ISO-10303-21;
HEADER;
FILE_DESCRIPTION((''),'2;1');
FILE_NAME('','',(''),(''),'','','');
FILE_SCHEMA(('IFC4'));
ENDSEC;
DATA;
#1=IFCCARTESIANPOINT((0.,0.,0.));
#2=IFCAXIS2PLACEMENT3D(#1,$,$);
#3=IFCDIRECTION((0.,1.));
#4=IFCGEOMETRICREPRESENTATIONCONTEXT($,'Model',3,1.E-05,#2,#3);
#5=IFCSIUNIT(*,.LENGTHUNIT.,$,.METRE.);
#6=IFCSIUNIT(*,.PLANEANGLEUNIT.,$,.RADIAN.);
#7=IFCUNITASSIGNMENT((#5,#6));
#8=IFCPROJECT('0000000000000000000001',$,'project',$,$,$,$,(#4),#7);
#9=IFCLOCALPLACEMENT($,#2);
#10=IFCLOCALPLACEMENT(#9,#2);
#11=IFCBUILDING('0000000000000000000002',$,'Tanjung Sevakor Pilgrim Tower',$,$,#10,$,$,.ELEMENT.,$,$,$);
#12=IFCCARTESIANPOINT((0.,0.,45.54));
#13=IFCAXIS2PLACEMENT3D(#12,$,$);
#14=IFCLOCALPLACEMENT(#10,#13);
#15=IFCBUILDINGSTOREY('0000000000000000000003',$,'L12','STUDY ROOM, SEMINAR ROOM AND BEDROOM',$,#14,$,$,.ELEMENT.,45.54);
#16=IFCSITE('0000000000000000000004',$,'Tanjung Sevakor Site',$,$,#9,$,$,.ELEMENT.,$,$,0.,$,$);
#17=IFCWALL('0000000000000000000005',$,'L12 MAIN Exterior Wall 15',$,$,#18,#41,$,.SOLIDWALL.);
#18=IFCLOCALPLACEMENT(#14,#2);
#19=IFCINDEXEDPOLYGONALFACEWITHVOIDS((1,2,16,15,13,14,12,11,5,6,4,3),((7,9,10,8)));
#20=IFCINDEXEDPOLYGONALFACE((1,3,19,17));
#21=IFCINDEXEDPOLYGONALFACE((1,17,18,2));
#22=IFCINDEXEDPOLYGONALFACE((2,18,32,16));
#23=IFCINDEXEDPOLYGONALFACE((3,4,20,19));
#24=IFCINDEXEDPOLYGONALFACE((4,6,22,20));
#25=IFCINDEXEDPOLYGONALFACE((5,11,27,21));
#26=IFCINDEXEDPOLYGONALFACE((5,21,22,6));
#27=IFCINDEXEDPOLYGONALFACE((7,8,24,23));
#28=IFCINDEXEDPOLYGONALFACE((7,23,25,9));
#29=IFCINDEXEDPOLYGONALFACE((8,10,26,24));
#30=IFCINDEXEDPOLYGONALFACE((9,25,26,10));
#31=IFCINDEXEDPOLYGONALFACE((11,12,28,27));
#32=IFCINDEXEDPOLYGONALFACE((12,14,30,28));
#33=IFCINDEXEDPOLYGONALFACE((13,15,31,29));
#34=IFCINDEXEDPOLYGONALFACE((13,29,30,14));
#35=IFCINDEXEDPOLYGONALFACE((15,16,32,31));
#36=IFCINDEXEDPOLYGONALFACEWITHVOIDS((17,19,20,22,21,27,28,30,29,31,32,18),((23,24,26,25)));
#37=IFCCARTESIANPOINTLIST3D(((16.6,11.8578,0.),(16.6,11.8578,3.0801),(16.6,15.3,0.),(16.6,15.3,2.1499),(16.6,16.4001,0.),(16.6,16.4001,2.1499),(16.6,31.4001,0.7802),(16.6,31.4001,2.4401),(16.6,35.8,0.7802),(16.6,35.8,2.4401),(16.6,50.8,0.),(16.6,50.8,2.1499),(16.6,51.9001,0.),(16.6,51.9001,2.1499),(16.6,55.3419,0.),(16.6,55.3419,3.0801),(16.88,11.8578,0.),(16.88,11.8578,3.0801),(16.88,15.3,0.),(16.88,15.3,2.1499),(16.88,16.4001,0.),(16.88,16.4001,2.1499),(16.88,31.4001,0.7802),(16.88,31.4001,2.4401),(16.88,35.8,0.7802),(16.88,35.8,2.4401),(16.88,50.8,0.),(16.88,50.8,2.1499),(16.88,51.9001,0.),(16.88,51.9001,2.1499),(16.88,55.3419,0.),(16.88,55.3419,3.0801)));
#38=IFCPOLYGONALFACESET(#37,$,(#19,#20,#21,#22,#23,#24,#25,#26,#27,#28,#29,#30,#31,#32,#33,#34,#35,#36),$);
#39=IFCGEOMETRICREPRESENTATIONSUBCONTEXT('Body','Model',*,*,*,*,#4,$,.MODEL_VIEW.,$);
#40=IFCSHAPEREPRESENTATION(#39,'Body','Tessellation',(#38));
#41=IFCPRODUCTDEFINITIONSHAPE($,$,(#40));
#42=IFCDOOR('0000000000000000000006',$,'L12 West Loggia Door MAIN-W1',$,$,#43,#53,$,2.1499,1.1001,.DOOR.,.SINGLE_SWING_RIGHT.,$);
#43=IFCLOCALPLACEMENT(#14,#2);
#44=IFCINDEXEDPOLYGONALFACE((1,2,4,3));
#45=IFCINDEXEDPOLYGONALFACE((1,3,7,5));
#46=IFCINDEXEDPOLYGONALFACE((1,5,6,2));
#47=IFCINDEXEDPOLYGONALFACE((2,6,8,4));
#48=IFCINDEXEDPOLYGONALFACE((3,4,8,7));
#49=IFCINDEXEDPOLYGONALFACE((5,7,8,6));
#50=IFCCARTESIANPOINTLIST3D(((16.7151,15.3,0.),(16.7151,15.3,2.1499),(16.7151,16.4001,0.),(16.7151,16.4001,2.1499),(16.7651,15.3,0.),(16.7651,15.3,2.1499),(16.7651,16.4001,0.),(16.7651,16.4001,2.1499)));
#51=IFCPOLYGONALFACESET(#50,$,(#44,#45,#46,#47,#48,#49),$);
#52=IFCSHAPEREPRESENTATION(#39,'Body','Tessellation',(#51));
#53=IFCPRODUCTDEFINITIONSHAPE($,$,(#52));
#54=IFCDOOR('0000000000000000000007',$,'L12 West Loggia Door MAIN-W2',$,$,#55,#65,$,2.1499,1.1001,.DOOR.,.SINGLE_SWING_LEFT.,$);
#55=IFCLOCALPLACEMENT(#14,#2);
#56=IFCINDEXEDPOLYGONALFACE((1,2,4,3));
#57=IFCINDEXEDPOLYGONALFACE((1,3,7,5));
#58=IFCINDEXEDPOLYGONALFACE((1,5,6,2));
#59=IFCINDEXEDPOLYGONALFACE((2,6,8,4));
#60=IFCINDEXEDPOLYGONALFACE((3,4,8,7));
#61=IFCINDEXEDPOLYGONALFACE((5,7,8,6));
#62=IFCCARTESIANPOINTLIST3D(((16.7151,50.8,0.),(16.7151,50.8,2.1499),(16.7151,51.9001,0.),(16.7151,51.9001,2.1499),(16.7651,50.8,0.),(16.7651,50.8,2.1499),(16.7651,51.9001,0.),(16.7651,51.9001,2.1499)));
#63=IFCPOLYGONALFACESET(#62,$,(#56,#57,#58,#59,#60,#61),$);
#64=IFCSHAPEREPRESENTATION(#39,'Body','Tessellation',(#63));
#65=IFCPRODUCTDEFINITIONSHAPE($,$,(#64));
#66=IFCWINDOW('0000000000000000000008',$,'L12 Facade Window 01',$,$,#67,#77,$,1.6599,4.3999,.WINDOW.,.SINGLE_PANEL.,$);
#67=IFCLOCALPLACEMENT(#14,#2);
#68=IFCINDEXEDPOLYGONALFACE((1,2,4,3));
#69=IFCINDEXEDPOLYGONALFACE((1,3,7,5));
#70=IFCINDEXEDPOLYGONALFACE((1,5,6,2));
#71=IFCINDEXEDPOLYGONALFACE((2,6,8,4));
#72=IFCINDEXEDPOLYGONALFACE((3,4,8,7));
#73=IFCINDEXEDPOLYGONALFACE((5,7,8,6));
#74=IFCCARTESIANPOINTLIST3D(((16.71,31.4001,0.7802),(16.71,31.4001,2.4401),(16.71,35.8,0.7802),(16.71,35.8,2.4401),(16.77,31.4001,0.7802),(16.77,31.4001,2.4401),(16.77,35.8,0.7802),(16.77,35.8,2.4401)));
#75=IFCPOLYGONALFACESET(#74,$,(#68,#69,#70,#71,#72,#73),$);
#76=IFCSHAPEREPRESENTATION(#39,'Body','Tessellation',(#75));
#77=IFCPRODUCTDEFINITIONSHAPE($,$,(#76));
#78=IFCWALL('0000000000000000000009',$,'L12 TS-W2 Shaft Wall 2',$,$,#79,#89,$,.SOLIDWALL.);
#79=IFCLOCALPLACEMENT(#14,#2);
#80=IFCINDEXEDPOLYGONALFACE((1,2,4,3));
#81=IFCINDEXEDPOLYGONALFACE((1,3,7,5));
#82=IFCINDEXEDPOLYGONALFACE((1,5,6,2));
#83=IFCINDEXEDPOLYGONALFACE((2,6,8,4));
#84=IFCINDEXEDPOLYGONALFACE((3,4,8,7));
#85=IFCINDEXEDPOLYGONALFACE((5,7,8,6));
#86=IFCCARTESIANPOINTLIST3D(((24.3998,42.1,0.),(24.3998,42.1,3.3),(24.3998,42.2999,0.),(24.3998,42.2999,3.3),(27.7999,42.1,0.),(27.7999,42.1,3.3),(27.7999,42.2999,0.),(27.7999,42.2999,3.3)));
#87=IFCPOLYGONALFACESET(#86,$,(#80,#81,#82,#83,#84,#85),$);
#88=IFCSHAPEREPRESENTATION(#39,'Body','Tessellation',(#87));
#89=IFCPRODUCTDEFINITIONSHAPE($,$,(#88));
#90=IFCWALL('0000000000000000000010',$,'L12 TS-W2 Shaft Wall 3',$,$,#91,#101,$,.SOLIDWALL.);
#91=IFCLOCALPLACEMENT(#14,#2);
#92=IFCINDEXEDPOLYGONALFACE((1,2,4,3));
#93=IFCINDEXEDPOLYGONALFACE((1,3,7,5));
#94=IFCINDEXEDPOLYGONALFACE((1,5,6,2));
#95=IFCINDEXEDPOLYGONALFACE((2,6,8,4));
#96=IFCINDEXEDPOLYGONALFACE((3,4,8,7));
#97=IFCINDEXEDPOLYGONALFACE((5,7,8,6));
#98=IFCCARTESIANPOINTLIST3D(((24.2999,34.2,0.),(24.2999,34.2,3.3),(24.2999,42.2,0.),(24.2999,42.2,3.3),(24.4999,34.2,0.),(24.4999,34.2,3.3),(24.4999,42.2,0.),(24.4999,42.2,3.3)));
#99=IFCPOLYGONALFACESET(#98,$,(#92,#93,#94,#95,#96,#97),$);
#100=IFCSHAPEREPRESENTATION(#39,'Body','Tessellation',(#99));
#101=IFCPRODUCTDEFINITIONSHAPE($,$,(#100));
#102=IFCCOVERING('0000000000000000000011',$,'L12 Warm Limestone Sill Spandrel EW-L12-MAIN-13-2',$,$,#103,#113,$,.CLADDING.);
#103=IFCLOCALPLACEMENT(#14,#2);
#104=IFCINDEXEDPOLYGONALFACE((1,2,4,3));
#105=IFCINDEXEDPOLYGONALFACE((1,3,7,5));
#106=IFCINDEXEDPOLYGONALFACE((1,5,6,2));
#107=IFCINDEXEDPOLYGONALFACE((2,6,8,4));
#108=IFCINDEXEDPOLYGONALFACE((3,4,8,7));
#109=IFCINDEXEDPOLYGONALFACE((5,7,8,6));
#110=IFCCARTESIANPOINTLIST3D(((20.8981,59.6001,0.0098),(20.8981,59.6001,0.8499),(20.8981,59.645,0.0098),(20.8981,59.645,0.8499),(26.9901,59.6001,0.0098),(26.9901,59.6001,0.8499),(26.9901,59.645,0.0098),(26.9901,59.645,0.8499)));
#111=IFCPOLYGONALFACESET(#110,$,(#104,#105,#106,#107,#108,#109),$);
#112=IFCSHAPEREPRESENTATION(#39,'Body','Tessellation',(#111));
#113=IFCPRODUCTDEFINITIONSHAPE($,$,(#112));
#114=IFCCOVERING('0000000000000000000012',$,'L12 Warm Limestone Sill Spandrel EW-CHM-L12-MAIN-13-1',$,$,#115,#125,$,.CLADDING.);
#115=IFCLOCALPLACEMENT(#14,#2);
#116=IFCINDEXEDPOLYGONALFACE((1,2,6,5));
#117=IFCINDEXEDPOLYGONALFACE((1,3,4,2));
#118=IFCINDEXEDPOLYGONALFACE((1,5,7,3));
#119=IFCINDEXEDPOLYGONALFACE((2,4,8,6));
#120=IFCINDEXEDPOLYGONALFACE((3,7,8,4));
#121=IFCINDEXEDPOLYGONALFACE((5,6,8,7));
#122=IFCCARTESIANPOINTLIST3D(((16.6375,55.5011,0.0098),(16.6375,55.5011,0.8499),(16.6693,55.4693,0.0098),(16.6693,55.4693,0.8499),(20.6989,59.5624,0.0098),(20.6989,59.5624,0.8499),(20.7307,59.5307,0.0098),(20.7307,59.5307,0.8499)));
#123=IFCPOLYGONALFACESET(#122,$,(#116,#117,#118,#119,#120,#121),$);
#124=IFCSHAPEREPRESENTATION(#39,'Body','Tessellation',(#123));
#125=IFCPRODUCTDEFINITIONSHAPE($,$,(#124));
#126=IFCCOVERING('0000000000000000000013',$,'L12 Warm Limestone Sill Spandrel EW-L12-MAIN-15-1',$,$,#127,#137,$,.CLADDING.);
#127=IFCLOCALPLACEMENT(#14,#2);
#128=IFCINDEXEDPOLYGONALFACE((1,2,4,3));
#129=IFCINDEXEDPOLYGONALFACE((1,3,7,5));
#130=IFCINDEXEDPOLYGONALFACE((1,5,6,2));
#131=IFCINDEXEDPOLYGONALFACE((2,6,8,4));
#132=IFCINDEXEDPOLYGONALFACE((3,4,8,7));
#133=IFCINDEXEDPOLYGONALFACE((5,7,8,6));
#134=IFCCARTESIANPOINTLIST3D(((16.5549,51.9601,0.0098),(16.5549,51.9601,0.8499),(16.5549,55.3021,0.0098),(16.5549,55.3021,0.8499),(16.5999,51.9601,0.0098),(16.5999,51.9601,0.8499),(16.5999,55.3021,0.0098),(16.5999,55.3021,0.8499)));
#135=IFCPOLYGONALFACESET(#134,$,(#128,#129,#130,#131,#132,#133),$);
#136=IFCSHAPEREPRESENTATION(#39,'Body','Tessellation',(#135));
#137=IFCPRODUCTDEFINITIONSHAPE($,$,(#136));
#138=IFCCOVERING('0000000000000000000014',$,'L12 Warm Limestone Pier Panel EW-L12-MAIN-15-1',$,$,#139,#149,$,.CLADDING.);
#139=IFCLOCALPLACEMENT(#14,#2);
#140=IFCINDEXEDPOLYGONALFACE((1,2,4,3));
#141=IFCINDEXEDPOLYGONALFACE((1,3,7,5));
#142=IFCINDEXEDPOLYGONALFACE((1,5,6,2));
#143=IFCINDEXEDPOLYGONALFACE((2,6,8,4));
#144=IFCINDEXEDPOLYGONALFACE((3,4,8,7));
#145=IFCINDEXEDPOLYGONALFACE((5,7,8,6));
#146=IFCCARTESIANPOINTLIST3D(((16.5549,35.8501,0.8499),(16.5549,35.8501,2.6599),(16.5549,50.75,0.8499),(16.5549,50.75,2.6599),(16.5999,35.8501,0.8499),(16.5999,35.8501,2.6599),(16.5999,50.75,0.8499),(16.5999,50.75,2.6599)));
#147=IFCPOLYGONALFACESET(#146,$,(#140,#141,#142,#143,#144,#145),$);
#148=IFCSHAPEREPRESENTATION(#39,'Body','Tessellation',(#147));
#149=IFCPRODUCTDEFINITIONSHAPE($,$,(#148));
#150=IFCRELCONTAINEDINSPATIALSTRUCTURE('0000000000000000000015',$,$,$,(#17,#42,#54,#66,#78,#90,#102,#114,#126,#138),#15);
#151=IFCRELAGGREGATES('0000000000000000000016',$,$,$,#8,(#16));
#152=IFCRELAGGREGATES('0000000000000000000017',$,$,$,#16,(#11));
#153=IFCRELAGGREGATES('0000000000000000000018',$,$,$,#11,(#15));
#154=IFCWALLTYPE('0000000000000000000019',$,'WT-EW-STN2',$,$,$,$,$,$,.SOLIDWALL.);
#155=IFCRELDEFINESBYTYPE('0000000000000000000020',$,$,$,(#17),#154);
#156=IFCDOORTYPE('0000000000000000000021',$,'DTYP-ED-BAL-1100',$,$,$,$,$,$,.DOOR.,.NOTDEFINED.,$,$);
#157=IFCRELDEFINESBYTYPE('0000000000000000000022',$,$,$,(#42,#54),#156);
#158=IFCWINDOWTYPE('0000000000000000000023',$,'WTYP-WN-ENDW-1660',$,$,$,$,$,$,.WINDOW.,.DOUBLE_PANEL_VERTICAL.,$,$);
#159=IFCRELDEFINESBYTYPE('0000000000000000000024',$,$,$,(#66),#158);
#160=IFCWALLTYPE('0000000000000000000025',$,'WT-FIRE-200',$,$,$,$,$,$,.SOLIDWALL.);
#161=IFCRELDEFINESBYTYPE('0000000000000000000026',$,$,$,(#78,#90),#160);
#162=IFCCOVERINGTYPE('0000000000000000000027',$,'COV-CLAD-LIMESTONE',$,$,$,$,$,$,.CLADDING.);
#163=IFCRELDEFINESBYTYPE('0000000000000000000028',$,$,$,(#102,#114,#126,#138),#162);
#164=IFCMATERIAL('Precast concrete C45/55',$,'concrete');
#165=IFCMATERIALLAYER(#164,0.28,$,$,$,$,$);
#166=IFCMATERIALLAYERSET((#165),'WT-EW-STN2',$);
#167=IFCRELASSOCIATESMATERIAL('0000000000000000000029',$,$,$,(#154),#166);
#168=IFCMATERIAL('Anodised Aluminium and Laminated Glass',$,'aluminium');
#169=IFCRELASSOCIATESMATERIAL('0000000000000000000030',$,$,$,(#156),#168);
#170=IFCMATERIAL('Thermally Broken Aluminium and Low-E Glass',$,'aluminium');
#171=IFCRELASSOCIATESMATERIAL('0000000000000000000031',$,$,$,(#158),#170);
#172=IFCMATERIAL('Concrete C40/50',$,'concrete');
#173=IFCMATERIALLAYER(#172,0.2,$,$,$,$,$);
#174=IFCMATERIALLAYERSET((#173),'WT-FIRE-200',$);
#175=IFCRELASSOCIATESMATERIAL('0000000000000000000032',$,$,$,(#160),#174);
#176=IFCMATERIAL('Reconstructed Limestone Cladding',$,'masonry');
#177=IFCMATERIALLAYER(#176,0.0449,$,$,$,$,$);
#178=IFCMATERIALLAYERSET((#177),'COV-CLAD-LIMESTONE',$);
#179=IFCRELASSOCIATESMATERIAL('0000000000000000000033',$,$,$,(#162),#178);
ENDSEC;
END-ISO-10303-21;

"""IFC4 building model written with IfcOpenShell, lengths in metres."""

from ifc_helpers import new_model, si_unit, direction, frame, frame_2d, origin, origin_2d, place, context, subcontext, project, spatial, rectangle, extrude, material, layer, layer_set, type_object, element, fill, save


model = new_model("IFC4")

# Units and contexts
model_context = context("Model", 3, precision=1e-05, world=origin(), true_north=direction((0.0, 1.0)))
body_context = subcontext(model_context, "Body", "Model", "MODEL_VIEW")
ifc_project = project(units=[si_unit("LENGTHUNIT", "METRE"), si_unit("PLANEANGLEUNIT", "RADIAN")], contexts=[model_context])

# Site, building, storey
site_placement = place(None, origin())
site = spatial("IfcSite", under=ifc_project, at=site_placement, Name="Tanjung Sevakor Site", CompositionType="ELEMENT", RefElevation=0.0)
building_placement = place(site_placement, origin())
building = spatial("IfcBuilding", under=site, at=building_placement, Name="Tanjung Sevakor Pilgrim Tower", CompositionType="ELEMENT")
storey_placement = place(building_placement, frame((0.0, 0.0, 45.54)))
storey = spatial("IfcBuildingStorey", under=building, at=storey_placement, Name="L12", Description="STUDY ROOM, SEMINAR ROOM AND BEDROOM", CompositionType="ELEMENT", Elevation=45.54)

# Shared definitions
ifc_material_1 = material(Name="Precast concrete C45/55", Category="concrete")
ifc_layer_1 = layer(ifc_material_1, 0.28)
ifc_layer_set_1 = layer_set([ifc_layer_1], Name="WT-EW-STN2")
wall_type_1 = type_object("IfcWallType", Name="WT-EW-STN2", PredefinedType="SOLIDWALL", material=ifc_layer_set_1)

# Wall, openings, doors, window
wall_1_placement = place(storey_placement, frame((16.74, 55.342, 0.0), z_axis=(0.0, 0.0, 1.0), x_axis=(0.0, -1.0, 0.0)))
wall_1 = element("IfcWall", 1, at=wall_1_placement, inside=storey, type_object=wall_type_1, Name="L12 MAIN Exterior Wall 15", PredefinedType="SOLIDWALL", context=body_context, shape_type="SweptSolid", body=[
    extrude(rectangle(XDim=43.4841, YDim=0.28, at=frame_2d((21.7422, 0.0))), origin(), (0.0, 0.0, 1.0), 3.0801),
])
opening_1_placement = place(wall_1_placement, frame((38.9419, 0.0, 0.0)))
opening_1 = element("IfcOpeningElement", 2, at=opening_1_placement, cuts=wall_1, PredefinedType="OPENING", context=body_context, shape_type="SweptSolid", body=[
    extrude(rectangle(XDim=1.1001, YDim=2.1499, at=frame_2d((0.55, 1.075))), frame((0.0, 0.1499, 0.0), z_axis=(0.0, -1.0, 0.0), x_axis=(1.0, 0.0, 0.0)), (0.0, 0.0, 1.0), 0.3),
])
opening_2_placement = place(wall_1_placement, frame((3.4419, 0.0, 0.0)))
opening_2 = element("IfcOpeningElement", 3, at=opening_2_placement, cuts=wall_1, PredefinedType="OPENING", context=body_context, shape_type="SweptSolid", body=[
    extrude(rectangle(XDim=1.1001, YDim=2.1499, at=frame_2d((0.55, 1.075))), frame((0.0, 0.1499, 0.0), z_axis=(0.0, -1.0, 0.0), x_axis=(1.0, 0.0, 0.0)), (0.0, 0.0, 1.0), 0.3),
])
opening_3_placement = place(wall_1_placement, frame((19.542, 0.0, 0.78)))
opening_3 = element("IfcOpeningElement", 4, at=opening_3_placement, cuts=wall_1, PredefinedType="OPENING", context=body_context, shape_type="SweptSolid", body=[
    extrude(rectangle(XDim=4.3999, YDim=1.6599, at=frame_2d((2.2, 0.8301))), frame((0.0, 0.1499, 0.0), z_axis=(0.0, -1.0, 0.0), x_axis=(1.0, 0.0, 0.0)), (0.0, 0.0, 1.0), 0.3),
])
ifc_material_2 = material(Name="Anodised Aluminium and Laminated Glass", Category="aluminium")
door_type_1 = type_object("IfcDoorType", Name="DTYP-ED-BAL-1100", OperationType="NOTDEFINED", PredefinedType="DOOR", material=ifc_material_2)
door_1_placement = place(opening_1_placement, frame((1.1001, 0.0, 0.0), z_axis=(0.0, 0.0, 1.0), x_axis=(-1.0, 0.0, 0.0)))
door_1 = element("IfcDoor", 5, at=door_1_placement, inside=storey, type_object=door_type_1, Name="L12 West Loggia Door MAIN-W1", OperationType="SINGLE_SWING_RIGHT", OverallHeight=2.1499, OverallWidth=1.1001, PredefinedType="DOOR", context=body_context, shape_type="SweptSolid", body=[
    extrude(rectangle(XDim=1.1001, YDim=2.1499, at=frame_2d((0.55, 1.075))), frame((0.0, 0.0249, 0.0), z_axis=(0.0, -1.0, 0.0), x_axis=(1.0, 0.0, 0.0)), (0.0, 0.0, 1.0), 0.05),
])
fill(opening_1, door_1)
door_2_placement = place(opening_2_placement, frame((1.1001, 0.0, 0.0), z_axis=(0.0, 0.0, 1.0), x_axis=(-1.0, 0.0, 0.0)))
door_2 = element("IfcDoor", 6, at=door_2_placement, inside=storey, type_object=door_type_1, Name="L12 West Loggia Door MAIN-W2", OperationType="SINGLE_SWING_LEFT", OverallHeight=2.1499, OverallWidth=1.1001, PredefinedType="DOOR", context=body_context, shape_type="SweptSolid", body=[
    extrude(rectangle(XDim=1.1001, YDim=2.1499, at=frame_2d((0.55, 1.075))), frame((0.0, 0.0249, 0.0), z_axis=(0.0, -1.0, 0.0), x_axis=(1.0, 0.0, 0.0)), (0.0, 0.0, 1.0), 0.05),
])
fill(opening_2, door_2)
ifc_material_3 = material(Name="Thermally Broken Aluminium and Low-E Glass", Category="aluminium")
window_type_1 = type_object("IfcWindowType", Name="WTYP-WN-ENDW-1660", PartitioningType="DOUBLE_PANEL_VERTICAL", PredefinedType="WINDOW", material=ifc_material_3)
window_1_placement = place(opening_3_placement, origin())
window_1 = element("IfcWindow", 7, at=window_1_placement, inside=storey, type_object=window_type_1, Name="L12 Facade Window 01", OverallHeight=1.6599, OverallWidth=4.3999, PartitioningType="SINGLE_PANEL", PredefinedType="WINDOW", context=body_context, shape_type="SweptSolid", body=[
    extrude(rectangle(XDim=4.3999, YDim=1.6599, at=frame_2d((2.2, 0.8301))), frame((0.0, 0.03, 0.0), z_axis=(0.0, -1.0, 0.0), x_axis=(1.0, 0.0, 0.0)), (0.0, 0.0, 1.0), 0.0601),
])
fill(opening_3, window_1)

# Walls
ifc_material_4 = material(Name="Concrete C40/50", Category="concrete")
ifc_layer_2 = layer(ifc_material_4, 0.2)
ifc_layer_set_2 = layer_set([ifc_layer_2], Name="WT-FIRE-200")
wall_type_2 = type_object("IfcWallType", Name="WT-FIRE-200", PredefinedType="SOLIDWALL", material=ifc_layer_set_2)
wall_2_placement = place(storey_placement, frame((27.8, 42.2, 0.0), z_axis=(0.0, 0.0, 1.0), x_axis=(-1.0, 0.0, 0.0)))
element("IfcWall", 8, at=wall_2_placement, inside=storey, type_object=wall_type_2, Name="L12 TS-W2 Shaft Wall 2", PredefinedType="SOLIDWALL", context=body_context, shape_type="SweptSolid", body=[
    extrude(rectangle(XDim=3.4001, YDim=0.2, at=frame_2d((1.7002, 0.0))), origin(), (0.0, 0.0, 1.0), 3.3),
])
wall_3_placement = place(storey_placement, frame((24.3999, 42.2, 0.0), z_axis=(0.0, 0.0, 1.0), x_axis=(0.0, -1.0, 0.0)))
element("IfcWall", 9, at=wall_3_placement, inside=storey, type_object=wall_type_2, Name="L12 TS-W2 Shaft Wall 3", PredefinedType="SOLIDWALL", context=body_context, shape_type="SweptSolid", body=[
    extrude(rectangle(XDim=8.0, YDim=0.2, at=frame_2d((4.0, 0.0))), origin(), (0.0, 0.0, 1.0), 3.3),
])

# Coverings
ifc_material_5 = material(Name="Reconstructed Limestone Cladding", Category="masonry")
ifc_layer_3 = layer(ifc_material_5, 0.0449)
ifc_layer_set_3 = layer_set([ifc_layer_3], Name="COV-CLAD-LIMESTONE")
covering_type = type_object("IfcCoveringType", Name="COV-CLAD-LIMESTONE", PredefinedType="CLADDING", material=ifc_layer_set_3)
covering_1_placement = place(storey_placement, frame((23.9441, 59.6226, 0.0098), z_axis=(0.0, 0.0, 1.0), x_axis=(-1.0, 0.0, 0.0)))
element("IfcCovering", 10, at=covering_1_placement, inside=storey, type_object=covering_type, Name="L12 Warm Limestone Sill Spandrel EW-L12-MAIN-13-2", PredefinedType="CLADDING", context=body_context, shape_type="SweptSolid", body=[
    extrude(rectangle(XDim=6.092, YDim=0.0449, at=origin_2d()), origin(), (0.0, 0.0, 1.0), 0.8401),
])
covering_2_placement = place(storey_placement, frame((18.6841, 57.5159, 0.0098), z_axis=(0.0, 0.0, 1.0), x_axis=(-0.707107, -0.707107, 0.0)))
element("IfcCovering", 11, at=covering_2_placement, inside=storey, type_object=covering_type, Name="L12 Warm Limestone Sill Spandrel EW-CHM-L12-MAIN-13-1", PredefinedType="CLADDING", context=body_context, shape_type="SweptSolid", body=[
    extrude(rectangle(XDim=5.7437, YDim=0.0449, at=origin_2d()), origin(), (0.0, 0.0, 1.0), 0.8401),
])
covering_3_placement = place(storey_placement, frame((16.5774, 53.6311, 0.0098), z_axis=(0.0, 0.0, 1.0), x_axis=(0.0, -1.0, 0.0)))
element("IfcCovering", 12, at=covering_3_placement, inside=storey, type_object=covering_type, Name="L12 Warm Limestone Sill Spandrel EW-L12-MAIN-15-1", PredefinedType="CLADDING", context=body_context, shape_type="SweptSolid", body=[
    extrude(rectangle(XDim=3.342, YDim=0.0449, at=origin_2d()), origin(), (0.0, 0.0, 1.0), 0.8401),
])
covering_4_placement = place(storey_placement, frame((16.5774, 43.3, 0.8499), z_axis=(0.0, 0.0, 1.0), x_axis=(0.0, -1.0, 0.0)))
element("IfcCovering", 13, at=covering_4_placement, inside=storey, type_object=covering_type, Name="L12 Warm Limestone Pier Panel EW-L12-MAIN-15-1", PredefinedType="CLADDING", context=body_context, shape_type="SweptSolid", body=[
    extrude(rectangle(XDim=14.8999, YDim=0.0449, at=origin_2d()), origin(), (0.0, 0.0, 1.0), 1.8101),
])

save(model, "model.ifc")
